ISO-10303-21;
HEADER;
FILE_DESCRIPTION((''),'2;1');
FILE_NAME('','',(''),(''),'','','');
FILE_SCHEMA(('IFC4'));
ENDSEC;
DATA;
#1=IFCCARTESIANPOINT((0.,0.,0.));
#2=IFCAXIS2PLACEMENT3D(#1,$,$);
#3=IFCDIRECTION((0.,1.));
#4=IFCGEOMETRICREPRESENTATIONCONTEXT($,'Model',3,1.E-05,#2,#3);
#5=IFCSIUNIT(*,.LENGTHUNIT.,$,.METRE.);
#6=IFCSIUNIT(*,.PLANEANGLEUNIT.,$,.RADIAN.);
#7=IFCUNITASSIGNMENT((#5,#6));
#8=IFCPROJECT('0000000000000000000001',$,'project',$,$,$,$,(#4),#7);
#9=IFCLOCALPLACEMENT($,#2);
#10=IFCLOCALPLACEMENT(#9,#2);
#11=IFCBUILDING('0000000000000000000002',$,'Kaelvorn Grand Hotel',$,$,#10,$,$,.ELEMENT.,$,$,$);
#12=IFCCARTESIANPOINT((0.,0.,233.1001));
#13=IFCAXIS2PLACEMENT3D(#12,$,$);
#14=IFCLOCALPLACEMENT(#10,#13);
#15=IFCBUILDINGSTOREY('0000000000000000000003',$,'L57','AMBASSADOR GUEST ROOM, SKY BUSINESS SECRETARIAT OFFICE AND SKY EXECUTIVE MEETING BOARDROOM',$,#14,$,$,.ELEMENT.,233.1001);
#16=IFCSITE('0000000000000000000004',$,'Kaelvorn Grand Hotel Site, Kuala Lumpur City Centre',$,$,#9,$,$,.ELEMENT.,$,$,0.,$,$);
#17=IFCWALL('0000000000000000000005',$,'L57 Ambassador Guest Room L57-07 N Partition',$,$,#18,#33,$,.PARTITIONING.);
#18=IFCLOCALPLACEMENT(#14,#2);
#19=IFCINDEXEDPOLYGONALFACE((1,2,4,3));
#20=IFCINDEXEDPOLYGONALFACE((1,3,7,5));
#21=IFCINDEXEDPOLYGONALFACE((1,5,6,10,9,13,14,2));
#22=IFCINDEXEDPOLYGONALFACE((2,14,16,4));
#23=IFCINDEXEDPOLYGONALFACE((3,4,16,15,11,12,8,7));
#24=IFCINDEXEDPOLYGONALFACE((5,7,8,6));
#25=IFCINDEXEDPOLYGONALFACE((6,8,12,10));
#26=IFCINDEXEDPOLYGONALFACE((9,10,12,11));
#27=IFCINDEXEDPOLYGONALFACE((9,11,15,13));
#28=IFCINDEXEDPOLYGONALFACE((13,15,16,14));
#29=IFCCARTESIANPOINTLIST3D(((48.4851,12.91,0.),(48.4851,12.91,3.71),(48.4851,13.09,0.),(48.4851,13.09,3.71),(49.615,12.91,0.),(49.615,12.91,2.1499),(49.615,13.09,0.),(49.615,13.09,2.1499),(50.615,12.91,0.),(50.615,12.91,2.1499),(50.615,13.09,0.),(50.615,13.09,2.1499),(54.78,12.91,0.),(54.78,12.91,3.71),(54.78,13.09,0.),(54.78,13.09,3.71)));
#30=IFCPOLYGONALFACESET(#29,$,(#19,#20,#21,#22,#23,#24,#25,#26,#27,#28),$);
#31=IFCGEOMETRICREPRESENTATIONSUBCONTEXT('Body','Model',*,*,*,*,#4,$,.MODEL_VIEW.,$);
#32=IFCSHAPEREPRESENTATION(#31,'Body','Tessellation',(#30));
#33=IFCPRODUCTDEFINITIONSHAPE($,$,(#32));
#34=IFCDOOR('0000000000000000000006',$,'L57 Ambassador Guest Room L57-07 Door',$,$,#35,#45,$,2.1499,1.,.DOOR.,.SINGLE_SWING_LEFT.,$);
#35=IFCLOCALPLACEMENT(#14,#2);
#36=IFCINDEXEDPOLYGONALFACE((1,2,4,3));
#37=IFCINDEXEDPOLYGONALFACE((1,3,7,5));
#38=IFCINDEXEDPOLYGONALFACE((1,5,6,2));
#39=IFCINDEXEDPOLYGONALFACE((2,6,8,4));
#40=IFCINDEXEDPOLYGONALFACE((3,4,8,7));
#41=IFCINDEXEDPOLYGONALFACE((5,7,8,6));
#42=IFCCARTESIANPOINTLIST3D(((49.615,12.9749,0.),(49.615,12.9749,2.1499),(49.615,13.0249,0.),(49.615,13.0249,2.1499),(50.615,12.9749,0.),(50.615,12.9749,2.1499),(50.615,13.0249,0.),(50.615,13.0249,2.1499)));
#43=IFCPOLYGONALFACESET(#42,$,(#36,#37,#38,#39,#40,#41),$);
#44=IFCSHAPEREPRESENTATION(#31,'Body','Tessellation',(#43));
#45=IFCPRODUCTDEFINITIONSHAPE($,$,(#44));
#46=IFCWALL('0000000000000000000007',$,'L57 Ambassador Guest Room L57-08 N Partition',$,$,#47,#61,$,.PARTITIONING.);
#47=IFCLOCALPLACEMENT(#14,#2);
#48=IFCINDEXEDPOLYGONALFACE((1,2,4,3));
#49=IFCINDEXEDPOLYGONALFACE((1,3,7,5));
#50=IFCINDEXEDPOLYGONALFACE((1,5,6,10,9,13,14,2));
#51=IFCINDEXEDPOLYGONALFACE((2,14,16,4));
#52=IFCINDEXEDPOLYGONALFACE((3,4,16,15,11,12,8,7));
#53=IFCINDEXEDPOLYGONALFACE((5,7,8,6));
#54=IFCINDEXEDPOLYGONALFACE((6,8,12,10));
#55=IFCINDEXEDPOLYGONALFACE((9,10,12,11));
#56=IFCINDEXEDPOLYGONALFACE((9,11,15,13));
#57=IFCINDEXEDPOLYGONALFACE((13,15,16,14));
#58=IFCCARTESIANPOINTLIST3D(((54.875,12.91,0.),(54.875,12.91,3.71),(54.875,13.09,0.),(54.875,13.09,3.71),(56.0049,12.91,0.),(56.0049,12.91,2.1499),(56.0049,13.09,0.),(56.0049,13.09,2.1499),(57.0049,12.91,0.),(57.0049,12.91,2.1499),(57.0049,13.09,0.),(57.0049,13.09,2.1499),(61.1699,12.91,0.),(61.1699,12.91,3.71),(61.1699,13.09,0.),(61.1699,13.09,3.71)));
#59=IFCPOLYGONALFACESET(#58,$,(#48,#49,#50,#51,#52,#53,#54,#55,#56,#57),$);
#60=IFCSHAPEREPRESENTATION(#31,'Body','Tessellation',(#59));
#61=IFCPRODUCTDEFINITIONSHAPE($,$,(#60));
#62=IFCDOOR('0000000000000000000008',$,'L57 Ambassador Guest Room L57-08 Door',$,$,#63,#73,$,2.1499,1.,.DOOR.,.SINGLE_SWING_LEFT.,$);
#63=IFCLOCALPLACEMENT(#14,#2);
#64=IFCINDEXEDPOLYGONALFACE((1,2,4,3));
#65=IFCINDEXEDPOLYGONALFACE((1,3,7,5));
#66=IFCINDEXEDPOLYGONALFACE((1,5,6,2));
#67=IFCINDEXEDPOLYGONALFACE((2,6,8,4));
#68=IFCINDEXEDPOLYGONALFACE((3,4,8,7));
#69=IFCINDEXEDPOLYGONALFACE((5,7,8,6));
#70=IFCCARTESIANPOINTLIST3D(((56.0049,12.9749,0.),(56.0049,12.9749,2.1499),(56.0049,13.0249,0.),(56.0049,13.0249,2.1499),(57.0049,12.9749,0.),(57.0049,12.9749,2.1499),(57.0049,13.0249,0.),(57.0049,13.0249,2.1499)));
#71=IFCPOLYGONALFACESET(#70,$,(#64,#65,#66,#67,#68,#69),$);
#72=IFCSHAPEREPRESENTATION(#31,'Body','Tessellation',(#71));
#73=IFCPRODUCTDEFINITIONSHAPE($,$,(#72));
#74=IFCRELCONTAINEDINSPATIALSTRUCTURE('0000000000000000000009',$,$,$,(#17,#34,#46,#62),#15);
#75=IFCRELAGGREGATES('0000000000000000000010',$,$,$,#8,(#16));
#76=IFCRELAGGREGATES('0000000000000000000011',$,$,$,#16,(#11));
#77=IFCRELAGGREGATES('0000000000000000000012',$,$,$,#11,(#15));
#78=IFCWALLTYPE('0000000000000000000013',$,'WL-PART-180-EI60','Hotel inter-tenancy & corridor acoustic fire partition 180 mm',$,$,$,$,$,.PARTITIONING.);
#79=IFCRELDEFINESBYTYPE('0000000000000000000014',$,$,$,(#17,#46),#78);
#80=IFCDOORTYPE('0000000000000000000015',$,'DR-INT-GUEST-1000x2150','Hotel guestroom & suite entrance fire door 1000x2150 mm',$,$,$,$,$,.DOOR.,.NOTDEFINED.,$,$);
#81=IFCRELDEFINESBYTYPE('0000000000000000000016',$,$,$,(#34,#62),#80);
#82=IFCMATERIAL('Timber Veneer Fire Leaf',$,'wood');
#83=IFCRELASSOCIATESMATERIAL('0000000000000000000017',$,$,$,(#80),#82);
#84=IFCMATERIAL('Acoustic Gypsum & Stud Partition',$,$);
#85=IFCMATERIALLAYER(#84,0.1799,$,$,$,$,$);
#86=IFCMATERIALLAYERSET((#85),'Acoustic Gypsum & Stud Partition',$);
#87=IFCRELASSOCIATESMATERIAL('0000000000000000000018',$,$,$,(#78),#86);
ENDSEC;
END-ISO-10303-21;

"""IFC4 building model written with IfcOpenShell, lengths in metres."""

from ifc_helpers import new_model, si_unit, direction, frame, frame_2d, origin, place, context, subcontext, project, spatial, rectangle, extrude, material, layer, layer_set, type_object, element, fill, save


model = new_model("IFC4")

# Units and contexts
model_context = context("Model", 3, precision=1e-05, world=origin(), true_north=direction((0.0, 1.0)))
body_context = subcontext(model_context, "Body", "Model", "MODEL_VIEW")
ifc_project = project(units=[si_unit("LENGTHUNIT", "METRE"), si_unit("PLANEANGLEUNIT", "RADIAN")], contexts=[model_context])

# Site, building, storey
site_placement = place(None, origin())
site = spatial("IfcSite", under=ifc_project, at=site_placement, Name="Kaelvorn Grand Hotel Site, Kuala Lumpur City Centre", CompositionType="ELEMENT", RefElevation=0.0)
building_placement = place(site_placement, origin())
building = spatial("IfcBuilding", under=site, at=building_placement, Name="Kaelvorn Grand Hotel", CompositionType="ELEMENT")
storey_placement = place(building_placement, frame((0.0, 0.0, 233.1001)))
storey = spatial("IfcBuildingStorey", under=building, at=storey_placement, Name="L57", Description="AMBASSADOR GUEST ROOM, SKY BUSINESS SECRETARIAT OFFICE AND SKY EXECUTIVE MEETING BOARDROOM", CompositionType="ELEMENT", Elevation=233.1001)

# Shared definitions
ifc_material_1 = material(Name="Acoustic Gypsum & Stud Partition")

# Shared definitions
ifc_material_2 = material(Name="Timber Veneer Fire Leaf", Category="wood")
door_type = type_object("IfcDoorType", Name="DR-INT-GUEST-1000x2150", Description="Hotel guestroom & suite entrance fire door 1000x2150 mm", OperationType="NOTDEFINED", PredefinedType="DOOR", material=ifc_material_2)

# Walls, openings, doors
ifc_layer_1 = layer(ifc_material_1, 0.1799)
ifc_layer_set_1 = layer_set([ifc_layer_1], Name="Acoustic Gypsum & Stud Partition")
wall_type_1 = type_object("IfcWallType", Name="WL-PART-180-EI60", Description="Hotel inter-tenancy & corridor acoustic fire partition 180 mm", PredefinedType="PARTITIONING", material=ifc_layer_set_1)
wall_1_placement = place(storey_placement, frame((48.4851, 13.0, 0.0), z_axis=(0.0, 0.0, 1.0), x_axis=(1.0, 0.0, 0.0)))
wall_1 = element("IfcWall", 1, at=wall_1_placement, inside=storey, type_object=wall_type_1, Name="L57 Ambassador Guest Room L57-07 N Partition", PredefinedType="PARTITIONING", context=body_context, shape_type="SweptSolid", body=[
    extrude(rectangle(XDim=6.2949, YDim=0.1799, at=frame_2d((3.1475, 0.0))), origin(), (0.0, 0.0, 1.0), 3.71),
])
opening_1_placement = place(wall_1_placement, frame((1.1299, 0.0, 0.0)))
opening_1 = element("IfcOpeningElement", 2, at=opening_1_placement, cuts=wall_1, PredefinedType="OPENING", context=body_context, shape_type="SweptSolid", body=[
    extrude(rectangle(XDim=1.0, YDim=2.1499, at=frame_2d((0.5, 1.075))), frame((0.0, 0.1001, 0.0), z_axis=(0.0, -1.0, 0.0), x_axis=(1.0, 0.0, 0.0)), (0.0, 0.0, 1.0), 0.2),
])
door_1_placement = place(opening_1_placement, origin())
door_1 = element("IfcDoor", 3, at=door_1_placement, inside=storey, type_object=door_type, Name="L57 Ambassador Guest Room L57-07 Door", OperationType="SINGLE_SWING_LEFT", OverallHeight=2.1499, OverallWidth=1.0, PredefinedType="DOOR", context=body_context, shape_type="SweptSolid", body=[
    extrude(rectangle(XDim=1.0, YDim=2.1499, at=frame_2d((0.5, 1.075))), frame((0.0, 0.0249, 0.0), z_axis=(0.0, -1.0, 0.0), x_axis=(1.0, 0.0, 0.0)), (0.0, 0.0, 1.0), 0.05),
])
fill(opening_1, door_1)
wall_2_placement = place(storey_placement, frame((54.875, 13.0, 0.0), z_axis=(0.0, 0.0, 1.0), x_axis=(1.0, 0.0, 0.0)))
wall_2 = element("IfcWall", 4, at=wall_2_placement, inside=storey, type_object=wall_type_1, Name="L57 Ambassador Guest Room L57-08 N Partition", PredefinedType="PARTITIONING", context=body_context, shape_type="SweptSolid", body=[
    extrude(rectangle(XDim=6.2949, YDim=0.1799, at=frame_2d((3.1475, 0.0))), origin(), (0.0, 0.0, 1.0), 3.71),
])
opening_2_placement = place(wall_2_placement, frame((1.1299, 0.0, 0.0)))
opening_2 = element("IfcOpeningElement", 5, at=opening_2_placement, cuts=wall_2, PredefinedType="OPENING", context=body_context, shape_type="SweptSolid", body=[
    extrude(rectangle(XDim=1.0, YDim=2.1499, at=frame_2d((0.5, 1.075))), frame((0.0, 0.1001, 0.0), z_axis=(0.0, -1.0, 0.0), x_axis=(1.0, 0.0, 0.0)), (0.0, 0.0, 1.0), 0.2),
])
door_2_placement = place(opening_2_placement, origin())
door_2 = element("IfcDoor", 6, at=door_2_placement, inside=storey, type_object=door_type, Name="L57 Ambassador Guest Room L57-08 Door", OperationType="SINGLE_SWING_LEFT", OverallHeight=2.1499, OverallWidth=1.0, PredefinedType="DOOR", context=body_context, shape_type="SweptSolid", body=[
    extrude(rectangle(XDim=1.0, YDim=2.1499, at=frame_2d((0.5, 1.075))), frame((0.0, 0.0249, 0.0), z_axis=(0.0, -1.0, 0.0), x_axis=(1.0, 0.0, 0.0)), (0.0, 0.0, 1.0), 0.05),
])
fill(opening_2, door_2)

save(model, "model.ifc")
